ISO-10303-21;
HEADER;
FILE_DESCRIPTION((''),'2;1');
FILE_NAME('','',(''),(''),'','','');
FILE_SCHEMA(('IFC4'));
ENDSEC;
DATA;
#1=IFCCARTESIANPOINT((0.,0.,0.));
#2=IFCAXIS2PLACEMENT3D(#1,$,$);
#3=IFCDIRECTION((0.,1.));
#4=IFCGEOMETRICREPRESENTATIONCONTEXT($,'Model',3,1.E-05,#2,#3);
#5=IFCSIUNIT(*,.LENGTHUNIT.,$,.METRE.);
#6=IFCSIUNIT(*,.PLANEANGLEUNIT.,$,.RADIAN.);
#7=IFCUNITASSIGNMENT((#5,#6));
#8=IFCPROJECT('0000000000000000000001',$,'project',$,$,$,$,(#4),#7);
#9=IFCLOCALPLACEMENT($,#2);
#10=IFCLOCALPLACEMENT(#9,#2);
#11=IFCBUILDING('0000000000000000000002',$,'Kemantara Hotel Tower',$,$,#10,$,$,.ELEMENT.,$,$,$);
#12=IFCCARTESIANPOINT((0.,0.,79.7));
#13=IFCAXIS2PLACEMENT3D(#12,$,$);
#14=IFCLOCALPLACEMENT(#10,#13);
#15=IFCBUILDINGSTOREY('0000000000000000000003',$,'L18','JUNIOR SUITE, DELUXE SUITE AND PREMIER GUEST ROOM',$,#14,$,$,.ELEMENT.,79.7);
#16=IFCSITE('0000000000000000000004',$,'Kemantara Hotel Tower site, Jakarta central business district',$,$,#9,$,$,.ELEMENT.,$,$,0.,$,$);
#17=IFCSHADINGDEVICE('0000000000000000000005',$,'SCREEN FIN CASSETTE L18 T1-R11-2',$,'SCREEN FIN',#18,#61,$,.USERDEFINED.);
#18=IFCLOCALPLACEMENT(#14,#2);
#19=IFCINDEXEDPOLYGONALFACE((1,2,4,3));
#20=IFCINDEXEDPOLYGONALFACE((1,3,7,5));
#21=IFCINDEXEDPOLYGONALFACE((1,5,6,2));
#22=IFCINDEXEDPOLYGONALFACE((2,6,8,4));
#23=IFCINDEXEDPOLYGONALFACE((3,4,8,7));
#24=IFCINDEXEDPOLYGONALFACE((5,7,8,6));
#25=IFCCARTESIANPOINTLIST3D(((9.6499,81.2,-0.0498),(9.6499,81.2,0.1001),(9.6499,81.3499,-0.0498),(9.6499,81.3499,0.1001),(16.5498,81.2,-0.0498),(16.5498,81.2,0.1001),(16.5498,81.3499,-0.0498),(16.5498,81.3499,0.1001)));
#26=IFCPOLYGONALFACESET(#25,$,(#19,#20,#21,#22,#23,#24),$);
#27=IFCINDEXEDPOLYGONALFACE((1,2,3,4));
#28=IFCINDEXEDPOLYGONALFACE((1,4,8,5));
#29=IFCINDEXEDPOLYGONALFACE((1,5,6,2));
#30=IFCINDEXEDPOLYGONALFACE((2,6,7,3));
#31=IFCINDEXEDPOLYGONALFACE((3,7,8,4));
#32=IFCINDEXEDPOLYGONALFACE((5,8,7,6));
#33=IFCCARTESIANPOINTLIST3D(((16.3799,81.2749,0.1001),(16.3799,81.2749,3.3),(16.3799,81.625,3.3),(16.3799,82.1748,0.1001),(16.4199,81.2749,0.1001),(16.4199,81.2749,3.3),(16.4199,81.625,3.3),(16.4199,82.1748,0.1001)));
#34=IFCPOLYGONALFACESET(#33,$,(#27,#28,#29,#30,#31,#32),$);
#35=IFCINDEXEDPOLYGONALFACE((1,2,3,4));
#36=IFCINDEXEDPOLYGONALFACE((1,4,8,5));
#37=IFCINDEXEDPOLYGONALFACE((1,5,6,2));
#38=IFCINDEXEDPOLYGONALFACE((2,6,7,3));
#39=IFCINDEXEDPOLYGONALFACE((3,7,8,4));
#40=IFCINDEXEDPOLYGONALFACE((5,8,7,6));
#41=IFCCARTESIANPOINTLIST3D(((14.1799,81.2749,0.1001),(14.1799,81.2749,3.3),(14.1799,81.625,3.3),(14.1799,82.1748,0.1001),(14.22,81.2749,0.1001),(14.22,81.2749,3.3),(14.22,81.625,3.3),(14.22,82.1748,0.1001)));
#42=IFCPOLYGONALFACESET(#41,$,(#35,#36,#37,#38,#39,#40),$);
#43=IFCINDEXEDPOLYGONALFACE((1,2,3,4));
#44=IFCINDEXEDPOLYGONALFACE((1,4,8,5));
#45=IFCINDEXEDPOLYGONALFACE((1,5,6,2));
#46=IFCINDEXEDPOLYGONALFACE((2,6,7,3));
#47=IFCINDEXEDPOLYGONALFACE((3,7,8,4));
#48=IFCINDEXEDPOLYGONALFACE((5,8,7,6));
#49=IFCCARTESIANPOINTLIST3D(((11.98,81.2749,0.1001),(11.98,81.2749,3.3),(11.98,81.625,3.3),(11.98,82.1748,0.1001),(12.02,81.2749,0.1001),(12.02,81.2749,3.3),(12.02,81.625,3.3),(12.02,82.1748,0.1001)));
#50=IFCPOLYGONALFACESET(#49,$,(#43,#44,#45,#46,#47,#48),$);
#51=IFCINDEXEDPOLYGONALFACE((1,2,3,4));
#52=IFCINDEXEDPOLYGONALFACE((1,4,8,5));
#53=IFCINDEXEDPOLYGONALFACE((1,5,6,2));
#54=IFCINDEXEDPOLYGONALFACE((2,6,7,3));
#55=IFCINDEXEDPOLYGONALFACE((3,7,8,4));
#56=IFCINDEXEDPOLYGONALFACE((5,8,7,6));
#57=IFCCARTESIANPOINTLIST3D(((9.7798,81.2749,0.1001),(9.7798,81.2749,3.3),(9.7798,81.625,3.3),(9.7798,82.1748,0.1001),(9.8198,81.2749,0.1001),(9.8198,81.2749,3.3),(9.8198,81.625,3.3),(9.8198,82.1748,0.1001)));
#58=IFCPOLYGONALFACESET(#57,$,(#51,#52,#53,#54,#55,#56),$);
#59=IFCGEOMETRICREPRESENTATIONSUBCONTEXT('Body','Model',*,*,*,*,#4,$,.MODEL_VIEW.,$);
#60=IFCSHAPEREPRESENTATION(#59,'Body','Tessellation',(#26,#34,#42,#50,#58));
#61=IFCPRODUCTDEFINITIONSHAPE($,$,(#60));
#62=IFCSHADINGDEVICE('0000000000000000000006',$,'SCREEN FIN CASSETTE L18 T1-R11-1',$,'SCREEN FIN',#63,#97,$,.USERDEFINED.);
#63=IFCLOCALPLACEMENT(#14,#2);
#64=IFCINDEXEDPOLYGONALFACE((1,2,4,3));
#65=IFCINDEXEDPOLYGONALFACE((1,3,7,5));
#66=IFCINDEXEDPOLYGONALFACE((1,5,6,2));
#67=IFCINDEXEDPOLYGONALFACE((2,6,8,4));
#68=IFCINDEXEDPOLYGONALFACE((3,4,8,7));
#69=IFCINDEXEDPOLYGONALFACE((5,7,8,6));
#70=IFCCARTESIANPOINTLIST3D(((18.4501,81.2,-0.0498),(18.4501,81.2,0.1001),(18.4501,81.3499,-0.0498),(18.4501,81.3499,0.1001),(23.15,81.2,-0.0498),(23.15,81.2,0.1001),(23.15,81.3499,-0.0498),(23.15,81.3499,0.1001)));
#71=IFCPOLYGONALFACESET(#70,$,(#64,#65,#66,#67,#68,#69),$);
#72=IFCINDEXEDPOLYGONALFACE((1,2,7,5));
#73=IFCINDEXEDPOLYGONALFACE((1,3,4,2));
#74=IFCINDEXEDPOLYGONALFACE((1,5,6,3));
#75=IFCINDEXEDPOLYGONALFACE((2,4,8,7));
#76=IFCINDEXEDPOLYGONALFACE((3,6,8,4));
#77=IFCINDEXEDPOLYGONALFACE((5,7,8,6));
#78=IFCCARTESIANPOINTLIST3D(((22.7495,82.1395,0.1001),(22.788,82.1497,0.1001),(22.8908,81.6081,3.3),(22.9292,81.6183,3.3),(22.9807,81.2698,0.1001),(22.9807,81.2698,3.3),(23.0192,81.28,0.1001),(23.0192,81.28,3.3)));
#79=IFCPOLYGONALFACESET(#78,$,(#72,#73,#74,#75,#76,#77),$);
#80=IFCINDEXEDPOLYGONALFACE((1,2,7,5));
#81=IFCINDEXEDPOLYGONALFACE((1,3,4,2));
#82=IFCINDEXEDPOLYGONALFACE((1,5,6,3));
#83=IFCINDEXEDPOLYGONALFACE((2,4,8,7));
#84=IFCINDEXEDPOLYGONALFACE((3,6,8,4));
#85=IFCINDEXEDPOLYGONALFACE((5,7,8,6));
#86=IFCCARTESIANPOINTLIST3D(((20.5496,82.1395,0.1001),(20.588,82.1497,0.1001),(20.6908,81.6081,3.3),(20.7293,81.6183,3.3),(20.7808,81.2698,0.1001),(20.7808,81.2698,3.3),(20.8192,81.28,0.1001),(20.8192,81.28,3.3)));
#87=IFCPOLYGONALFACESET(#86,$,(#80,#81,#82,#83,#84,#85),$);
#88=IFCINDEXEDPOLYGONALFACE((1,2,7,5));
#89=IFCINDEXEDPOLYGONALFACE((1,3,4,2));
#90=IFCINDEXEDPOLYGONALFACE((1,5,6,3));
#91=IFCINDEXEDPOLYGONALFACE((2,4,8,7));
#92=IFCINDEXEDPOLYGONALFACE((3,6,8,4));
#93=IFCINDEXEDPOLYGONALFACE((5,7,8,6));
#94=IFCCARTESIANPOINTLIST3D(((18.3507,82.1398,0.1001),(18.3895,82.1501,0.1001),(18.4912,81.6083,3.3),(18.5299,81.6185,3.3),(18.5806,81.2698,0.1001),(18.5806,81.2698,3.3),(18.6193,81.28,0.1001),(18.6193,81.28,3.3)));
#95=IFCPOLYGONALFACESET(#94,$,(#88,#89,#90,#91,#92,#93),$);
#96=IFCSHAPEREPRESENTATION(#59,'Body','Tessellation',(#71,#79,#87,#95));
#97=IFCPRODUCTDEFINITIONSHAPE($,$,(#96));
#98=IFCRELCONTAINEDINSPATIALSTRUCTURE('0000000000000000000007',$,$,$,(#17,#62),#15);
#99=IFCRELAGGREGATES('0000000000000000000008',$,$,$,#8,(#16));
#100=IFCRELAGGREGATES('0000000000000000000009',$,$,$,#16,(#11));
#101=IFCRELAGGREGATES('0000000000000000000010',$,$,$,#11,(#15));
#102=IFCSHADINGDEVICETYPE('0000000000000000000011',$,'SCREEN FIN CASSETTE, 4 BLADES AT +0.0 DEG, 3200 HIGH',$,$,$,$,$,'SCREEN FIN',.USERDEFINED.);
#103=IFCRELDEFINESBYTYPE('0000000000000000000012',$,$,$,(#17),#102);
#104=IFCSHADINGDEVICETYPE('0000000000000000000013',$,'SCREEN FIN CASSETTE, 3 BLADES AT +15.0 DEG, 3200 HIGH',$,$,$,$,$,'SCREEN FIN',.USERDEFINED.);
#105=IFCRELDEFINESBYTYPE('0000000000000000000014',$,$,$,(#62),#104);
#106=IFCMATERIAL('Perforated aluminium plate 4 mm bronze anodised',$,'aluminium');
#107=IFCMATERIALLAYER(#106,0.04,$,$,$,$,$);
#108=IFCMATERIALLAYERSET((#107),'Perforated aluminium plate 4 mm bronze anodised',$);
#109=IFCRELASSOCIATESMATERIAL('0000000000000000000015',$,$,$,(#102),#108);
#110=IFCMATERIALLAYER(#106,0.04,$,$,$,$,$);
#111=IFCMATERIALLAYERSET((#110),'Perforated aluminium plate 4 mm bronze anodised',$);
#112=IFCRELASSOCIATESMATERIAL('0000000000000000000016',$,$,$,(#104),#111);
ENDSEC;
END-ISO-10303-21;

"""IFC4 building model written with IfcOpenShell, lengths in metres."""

from ifc_helpers import new_model, si_unit, direction, frame, origin, origin_2d, place, context, subcontext, project, spatial, polyline, rectangle, outline, extrude, source, transform, mapped, material, layer, layer_set, type_object, element, save


model = new_model("IFC4")

# Units and contexts
model_context = context("Model", 3, precision=1e-05, world=origin(), true_north=direction((0.0, 1.0)))
body_context = subcontext(model_context, "Body", "Model", "MODEL_VIEW")
ifc_project = project(units=[si_unit("LENGTHUNIT", "METRE"), si_unit("PLANEANGLEUNIT", "RADIAN")], contexts=[model_context])

# Site, building, storey
site_placement = place(None, origin())
site = spatial("IfcSite", under=ifc_project, at=site_placement, Name="Kemantara Hotel Tower site, Jakarta central business district", CompositionType="ELEMENT", RefElevation=0.0)
building_placement = place(site_placement, origin())
building = spatial("IfcBuilding", under=site, at=building_placement, Name="Kemantara Hotel Tower", CompositionType="ELEMENT")
storey_placement = place(building_placement, frame((0.0, 0.0, 79.7)))
storey = spatial("IfcBuildingStorey", under=building, at=storey_placement, Name="L18", Description="JUNIOR SUITE, DELUXE SUITE AND PREMIER GUEST ROOM", CompositionType="ELEMENT", Elevation=79.7)

# Shading devices
ifc_material_1 = material(Name="Perforated aluminium plate 4 mm bronze anodised", Category="aluminium")
ifc_layer_1 = layer(ifc_material_1, 0.04)
ifc_layer_set_1 = layer_set([ifc_layer_1], Name="Perforated aluminium plate 4 mm bronze anodised")
shading_device_type_1 = type_object("IfcShadingDeviceType", Name="SCREEN FIN CASSETTE, 4 BLADES AT +0.0 DEG, 3200 HIGH", ElementType="SCREEN FIN", PredefinedType="USERDEFINED", material=ifc_layer_set_1)
shared_shape_1 = source(origin(), body_context, "Body", "SweptSolid", [
    extrude(rectangle(XDim=6.8999, YDim=0.1499, at=origin_2d()), frame((3.3, -0.075, -0.1499), z_axis=(0.0, 0.0, 1.0), x_axis=(1.0, 0.0, 0.0)), (0.0, 0.0, 1.0), 0.1499),
    extrude(outline(polyline([(0.0, 0.0), (0.8999, 0.0), (0.3501, 3.2), (0.0, 3.2), (0.0, 0.0)])), frame((0.02, -0.075, 0.0), z_axis=(-1.0, 0.0, 0.0), x_axis=(0.0, -1.0, 0.0)), (0.0, 0.0, 1.0), 0.04),
    extrude(outline(polyline([(0.0, 0.0), (0.8999, 0.0), (0.3501, 3.2), (0.0, 3.2), (0.0, 0.0)])), frame((2.22, -0.075, 0.0), z_axis=(-1.0, 0.0, 0.0), x_axis=(0.0, -1.0, 0.0)), (0.0, 0.0, 1.0), 0.04),
    extrude(outline(polyline([(0.0, 0.0), (0.8999, 0.0), (0.3501, 3.2), (0.0, 3.2), (0.0, 0.0)])), frame((4.4199, -0.075, 0.0), z_axis=(-1.0, 0.0, 0.0), x_axis=(0.0, -1.0, 0.0)), (0.0, 0.0, 1.0), 0.04),
    extrude(outline(polyline([(0.0, 0.0), (0.8999, 0.0), (0.3501, 3.2), (0.0, 3.2), (0.0, 0.0)])), frame((6.6201, -0.075, 0.0), z_axis=(-1.0, 0.0, 0.0), x_axis=(0.0, -1.0, 0.0)), (0.0, 0.0, 1.0), 0.04),
])
shading_device_1_placement = place(storey_placement, frame((16.3999, 81.2, 0.1001), z_axis=(0.0, 0.0, 1.0), x_axis=(-1.0, 0.0, 0.0)))
element("IfcShadingDevice", 1, at=shading_device_1_placement, inside=storey, type_object=shading_device_type_1, Name="SCREEN FIN CASSETTE L18 T1-R11-2", ObjectType="SCREEN FIN", PredefinedType="USERDEFINED", context=body_context, shape_type="MappedRepresentation", body=[
    mapped(shared_shape_1, transform((0.0, 0.0, 0.0))),
])
ifc_layer_2 = layer(ifc_material_1, 0.04)
ifc_layer_set_2 = layer_set([ifc_layer_2], Name="Perforated aluminium plate 4 mm bronze anodised")
shading_device_type_2 = type_object("IfcShadingDeviceType", Name="SCREEN FIN CASSETTE, 3 BLADES AT +15.0 DEG, 3200 HIGH", ElementType="SCREEN FIN", PredefinedType="USERDEFINED", material=ifc_layer_set_2)
shared_shape_2 = source(origin(), body_context, "Body", "SweptSolid", [
    extrude(rectangle(XDim=4.7, YDim=0.1499, at=origin_2d()), frame((2.2, -0.075, -0.1499), z_axis=(0.0, 0.0, 1.0), x_axis=(1.0, 0.0, 0.0)), (0.0, 0.0, 1.0), 0.1499),
    extrude(outline(polyline([(0.0, 0.0), (0.8999, 0.0), (0.3501, 3.2), (0.0, 3.2), (0.0, 0.0)])), frame((0.0193, -0.0698, 0.0), z_axis=(-0.966438, -0.256901, 0.0), x_axis=(0.256901, -0.966438, 0.0)), (0.0, 0.0, 1.0), 0.0398),
    extrude(outline(polyline([(0.0, 0.0), (0.8999, 0.0), (0.3501, 3.2), (0.0, 3.2), (0.0, 0.0)])), frame((2.2192, -0.0698, 0.0), z_axis=(-0.966438, -0.256901, 0.0), x_axis=(0.256901, -0.966438, 0.0)), (0.0, 0.0, 1.0), 0.0398),
    extrude(outline(polyline([(0.0, 0.0), (0.8999, 0.0), (0.3501, 3.2), (0.0, 3.2), (0.0, 0.0)])), frame((4.4194, -0.0698, 0.0), z_axis=(-0.966838, -0.255391, 0.0), x_axis=(0.255391, -0.966838, 0.0)), (0.0, 0.0, 1.0), 0.04),
])
shading_device_2_placement = place(storey_placement, frame((23.0, 81.2, 0.1001), z_axis=(0.0, 0.0, 1.0), x_axis=(-1.0, 0.0, 0.0)))
element("IfcShadingDevice", 2, at=shading_device_2_placement, inside=storey, type_object=shading_device_type_2, Name="SCREEN FIN CASSETTE L18 T1-R11-1", ObjectType="SCREEN FIN", PredefinedType="USERDEFINED", context=body_context, shape_type="MappedRepresentation", body=[
    mapped(shared_shape_2, transform((0.0, 0.0, 0.0))),
])

save(model, "model.ifc")
